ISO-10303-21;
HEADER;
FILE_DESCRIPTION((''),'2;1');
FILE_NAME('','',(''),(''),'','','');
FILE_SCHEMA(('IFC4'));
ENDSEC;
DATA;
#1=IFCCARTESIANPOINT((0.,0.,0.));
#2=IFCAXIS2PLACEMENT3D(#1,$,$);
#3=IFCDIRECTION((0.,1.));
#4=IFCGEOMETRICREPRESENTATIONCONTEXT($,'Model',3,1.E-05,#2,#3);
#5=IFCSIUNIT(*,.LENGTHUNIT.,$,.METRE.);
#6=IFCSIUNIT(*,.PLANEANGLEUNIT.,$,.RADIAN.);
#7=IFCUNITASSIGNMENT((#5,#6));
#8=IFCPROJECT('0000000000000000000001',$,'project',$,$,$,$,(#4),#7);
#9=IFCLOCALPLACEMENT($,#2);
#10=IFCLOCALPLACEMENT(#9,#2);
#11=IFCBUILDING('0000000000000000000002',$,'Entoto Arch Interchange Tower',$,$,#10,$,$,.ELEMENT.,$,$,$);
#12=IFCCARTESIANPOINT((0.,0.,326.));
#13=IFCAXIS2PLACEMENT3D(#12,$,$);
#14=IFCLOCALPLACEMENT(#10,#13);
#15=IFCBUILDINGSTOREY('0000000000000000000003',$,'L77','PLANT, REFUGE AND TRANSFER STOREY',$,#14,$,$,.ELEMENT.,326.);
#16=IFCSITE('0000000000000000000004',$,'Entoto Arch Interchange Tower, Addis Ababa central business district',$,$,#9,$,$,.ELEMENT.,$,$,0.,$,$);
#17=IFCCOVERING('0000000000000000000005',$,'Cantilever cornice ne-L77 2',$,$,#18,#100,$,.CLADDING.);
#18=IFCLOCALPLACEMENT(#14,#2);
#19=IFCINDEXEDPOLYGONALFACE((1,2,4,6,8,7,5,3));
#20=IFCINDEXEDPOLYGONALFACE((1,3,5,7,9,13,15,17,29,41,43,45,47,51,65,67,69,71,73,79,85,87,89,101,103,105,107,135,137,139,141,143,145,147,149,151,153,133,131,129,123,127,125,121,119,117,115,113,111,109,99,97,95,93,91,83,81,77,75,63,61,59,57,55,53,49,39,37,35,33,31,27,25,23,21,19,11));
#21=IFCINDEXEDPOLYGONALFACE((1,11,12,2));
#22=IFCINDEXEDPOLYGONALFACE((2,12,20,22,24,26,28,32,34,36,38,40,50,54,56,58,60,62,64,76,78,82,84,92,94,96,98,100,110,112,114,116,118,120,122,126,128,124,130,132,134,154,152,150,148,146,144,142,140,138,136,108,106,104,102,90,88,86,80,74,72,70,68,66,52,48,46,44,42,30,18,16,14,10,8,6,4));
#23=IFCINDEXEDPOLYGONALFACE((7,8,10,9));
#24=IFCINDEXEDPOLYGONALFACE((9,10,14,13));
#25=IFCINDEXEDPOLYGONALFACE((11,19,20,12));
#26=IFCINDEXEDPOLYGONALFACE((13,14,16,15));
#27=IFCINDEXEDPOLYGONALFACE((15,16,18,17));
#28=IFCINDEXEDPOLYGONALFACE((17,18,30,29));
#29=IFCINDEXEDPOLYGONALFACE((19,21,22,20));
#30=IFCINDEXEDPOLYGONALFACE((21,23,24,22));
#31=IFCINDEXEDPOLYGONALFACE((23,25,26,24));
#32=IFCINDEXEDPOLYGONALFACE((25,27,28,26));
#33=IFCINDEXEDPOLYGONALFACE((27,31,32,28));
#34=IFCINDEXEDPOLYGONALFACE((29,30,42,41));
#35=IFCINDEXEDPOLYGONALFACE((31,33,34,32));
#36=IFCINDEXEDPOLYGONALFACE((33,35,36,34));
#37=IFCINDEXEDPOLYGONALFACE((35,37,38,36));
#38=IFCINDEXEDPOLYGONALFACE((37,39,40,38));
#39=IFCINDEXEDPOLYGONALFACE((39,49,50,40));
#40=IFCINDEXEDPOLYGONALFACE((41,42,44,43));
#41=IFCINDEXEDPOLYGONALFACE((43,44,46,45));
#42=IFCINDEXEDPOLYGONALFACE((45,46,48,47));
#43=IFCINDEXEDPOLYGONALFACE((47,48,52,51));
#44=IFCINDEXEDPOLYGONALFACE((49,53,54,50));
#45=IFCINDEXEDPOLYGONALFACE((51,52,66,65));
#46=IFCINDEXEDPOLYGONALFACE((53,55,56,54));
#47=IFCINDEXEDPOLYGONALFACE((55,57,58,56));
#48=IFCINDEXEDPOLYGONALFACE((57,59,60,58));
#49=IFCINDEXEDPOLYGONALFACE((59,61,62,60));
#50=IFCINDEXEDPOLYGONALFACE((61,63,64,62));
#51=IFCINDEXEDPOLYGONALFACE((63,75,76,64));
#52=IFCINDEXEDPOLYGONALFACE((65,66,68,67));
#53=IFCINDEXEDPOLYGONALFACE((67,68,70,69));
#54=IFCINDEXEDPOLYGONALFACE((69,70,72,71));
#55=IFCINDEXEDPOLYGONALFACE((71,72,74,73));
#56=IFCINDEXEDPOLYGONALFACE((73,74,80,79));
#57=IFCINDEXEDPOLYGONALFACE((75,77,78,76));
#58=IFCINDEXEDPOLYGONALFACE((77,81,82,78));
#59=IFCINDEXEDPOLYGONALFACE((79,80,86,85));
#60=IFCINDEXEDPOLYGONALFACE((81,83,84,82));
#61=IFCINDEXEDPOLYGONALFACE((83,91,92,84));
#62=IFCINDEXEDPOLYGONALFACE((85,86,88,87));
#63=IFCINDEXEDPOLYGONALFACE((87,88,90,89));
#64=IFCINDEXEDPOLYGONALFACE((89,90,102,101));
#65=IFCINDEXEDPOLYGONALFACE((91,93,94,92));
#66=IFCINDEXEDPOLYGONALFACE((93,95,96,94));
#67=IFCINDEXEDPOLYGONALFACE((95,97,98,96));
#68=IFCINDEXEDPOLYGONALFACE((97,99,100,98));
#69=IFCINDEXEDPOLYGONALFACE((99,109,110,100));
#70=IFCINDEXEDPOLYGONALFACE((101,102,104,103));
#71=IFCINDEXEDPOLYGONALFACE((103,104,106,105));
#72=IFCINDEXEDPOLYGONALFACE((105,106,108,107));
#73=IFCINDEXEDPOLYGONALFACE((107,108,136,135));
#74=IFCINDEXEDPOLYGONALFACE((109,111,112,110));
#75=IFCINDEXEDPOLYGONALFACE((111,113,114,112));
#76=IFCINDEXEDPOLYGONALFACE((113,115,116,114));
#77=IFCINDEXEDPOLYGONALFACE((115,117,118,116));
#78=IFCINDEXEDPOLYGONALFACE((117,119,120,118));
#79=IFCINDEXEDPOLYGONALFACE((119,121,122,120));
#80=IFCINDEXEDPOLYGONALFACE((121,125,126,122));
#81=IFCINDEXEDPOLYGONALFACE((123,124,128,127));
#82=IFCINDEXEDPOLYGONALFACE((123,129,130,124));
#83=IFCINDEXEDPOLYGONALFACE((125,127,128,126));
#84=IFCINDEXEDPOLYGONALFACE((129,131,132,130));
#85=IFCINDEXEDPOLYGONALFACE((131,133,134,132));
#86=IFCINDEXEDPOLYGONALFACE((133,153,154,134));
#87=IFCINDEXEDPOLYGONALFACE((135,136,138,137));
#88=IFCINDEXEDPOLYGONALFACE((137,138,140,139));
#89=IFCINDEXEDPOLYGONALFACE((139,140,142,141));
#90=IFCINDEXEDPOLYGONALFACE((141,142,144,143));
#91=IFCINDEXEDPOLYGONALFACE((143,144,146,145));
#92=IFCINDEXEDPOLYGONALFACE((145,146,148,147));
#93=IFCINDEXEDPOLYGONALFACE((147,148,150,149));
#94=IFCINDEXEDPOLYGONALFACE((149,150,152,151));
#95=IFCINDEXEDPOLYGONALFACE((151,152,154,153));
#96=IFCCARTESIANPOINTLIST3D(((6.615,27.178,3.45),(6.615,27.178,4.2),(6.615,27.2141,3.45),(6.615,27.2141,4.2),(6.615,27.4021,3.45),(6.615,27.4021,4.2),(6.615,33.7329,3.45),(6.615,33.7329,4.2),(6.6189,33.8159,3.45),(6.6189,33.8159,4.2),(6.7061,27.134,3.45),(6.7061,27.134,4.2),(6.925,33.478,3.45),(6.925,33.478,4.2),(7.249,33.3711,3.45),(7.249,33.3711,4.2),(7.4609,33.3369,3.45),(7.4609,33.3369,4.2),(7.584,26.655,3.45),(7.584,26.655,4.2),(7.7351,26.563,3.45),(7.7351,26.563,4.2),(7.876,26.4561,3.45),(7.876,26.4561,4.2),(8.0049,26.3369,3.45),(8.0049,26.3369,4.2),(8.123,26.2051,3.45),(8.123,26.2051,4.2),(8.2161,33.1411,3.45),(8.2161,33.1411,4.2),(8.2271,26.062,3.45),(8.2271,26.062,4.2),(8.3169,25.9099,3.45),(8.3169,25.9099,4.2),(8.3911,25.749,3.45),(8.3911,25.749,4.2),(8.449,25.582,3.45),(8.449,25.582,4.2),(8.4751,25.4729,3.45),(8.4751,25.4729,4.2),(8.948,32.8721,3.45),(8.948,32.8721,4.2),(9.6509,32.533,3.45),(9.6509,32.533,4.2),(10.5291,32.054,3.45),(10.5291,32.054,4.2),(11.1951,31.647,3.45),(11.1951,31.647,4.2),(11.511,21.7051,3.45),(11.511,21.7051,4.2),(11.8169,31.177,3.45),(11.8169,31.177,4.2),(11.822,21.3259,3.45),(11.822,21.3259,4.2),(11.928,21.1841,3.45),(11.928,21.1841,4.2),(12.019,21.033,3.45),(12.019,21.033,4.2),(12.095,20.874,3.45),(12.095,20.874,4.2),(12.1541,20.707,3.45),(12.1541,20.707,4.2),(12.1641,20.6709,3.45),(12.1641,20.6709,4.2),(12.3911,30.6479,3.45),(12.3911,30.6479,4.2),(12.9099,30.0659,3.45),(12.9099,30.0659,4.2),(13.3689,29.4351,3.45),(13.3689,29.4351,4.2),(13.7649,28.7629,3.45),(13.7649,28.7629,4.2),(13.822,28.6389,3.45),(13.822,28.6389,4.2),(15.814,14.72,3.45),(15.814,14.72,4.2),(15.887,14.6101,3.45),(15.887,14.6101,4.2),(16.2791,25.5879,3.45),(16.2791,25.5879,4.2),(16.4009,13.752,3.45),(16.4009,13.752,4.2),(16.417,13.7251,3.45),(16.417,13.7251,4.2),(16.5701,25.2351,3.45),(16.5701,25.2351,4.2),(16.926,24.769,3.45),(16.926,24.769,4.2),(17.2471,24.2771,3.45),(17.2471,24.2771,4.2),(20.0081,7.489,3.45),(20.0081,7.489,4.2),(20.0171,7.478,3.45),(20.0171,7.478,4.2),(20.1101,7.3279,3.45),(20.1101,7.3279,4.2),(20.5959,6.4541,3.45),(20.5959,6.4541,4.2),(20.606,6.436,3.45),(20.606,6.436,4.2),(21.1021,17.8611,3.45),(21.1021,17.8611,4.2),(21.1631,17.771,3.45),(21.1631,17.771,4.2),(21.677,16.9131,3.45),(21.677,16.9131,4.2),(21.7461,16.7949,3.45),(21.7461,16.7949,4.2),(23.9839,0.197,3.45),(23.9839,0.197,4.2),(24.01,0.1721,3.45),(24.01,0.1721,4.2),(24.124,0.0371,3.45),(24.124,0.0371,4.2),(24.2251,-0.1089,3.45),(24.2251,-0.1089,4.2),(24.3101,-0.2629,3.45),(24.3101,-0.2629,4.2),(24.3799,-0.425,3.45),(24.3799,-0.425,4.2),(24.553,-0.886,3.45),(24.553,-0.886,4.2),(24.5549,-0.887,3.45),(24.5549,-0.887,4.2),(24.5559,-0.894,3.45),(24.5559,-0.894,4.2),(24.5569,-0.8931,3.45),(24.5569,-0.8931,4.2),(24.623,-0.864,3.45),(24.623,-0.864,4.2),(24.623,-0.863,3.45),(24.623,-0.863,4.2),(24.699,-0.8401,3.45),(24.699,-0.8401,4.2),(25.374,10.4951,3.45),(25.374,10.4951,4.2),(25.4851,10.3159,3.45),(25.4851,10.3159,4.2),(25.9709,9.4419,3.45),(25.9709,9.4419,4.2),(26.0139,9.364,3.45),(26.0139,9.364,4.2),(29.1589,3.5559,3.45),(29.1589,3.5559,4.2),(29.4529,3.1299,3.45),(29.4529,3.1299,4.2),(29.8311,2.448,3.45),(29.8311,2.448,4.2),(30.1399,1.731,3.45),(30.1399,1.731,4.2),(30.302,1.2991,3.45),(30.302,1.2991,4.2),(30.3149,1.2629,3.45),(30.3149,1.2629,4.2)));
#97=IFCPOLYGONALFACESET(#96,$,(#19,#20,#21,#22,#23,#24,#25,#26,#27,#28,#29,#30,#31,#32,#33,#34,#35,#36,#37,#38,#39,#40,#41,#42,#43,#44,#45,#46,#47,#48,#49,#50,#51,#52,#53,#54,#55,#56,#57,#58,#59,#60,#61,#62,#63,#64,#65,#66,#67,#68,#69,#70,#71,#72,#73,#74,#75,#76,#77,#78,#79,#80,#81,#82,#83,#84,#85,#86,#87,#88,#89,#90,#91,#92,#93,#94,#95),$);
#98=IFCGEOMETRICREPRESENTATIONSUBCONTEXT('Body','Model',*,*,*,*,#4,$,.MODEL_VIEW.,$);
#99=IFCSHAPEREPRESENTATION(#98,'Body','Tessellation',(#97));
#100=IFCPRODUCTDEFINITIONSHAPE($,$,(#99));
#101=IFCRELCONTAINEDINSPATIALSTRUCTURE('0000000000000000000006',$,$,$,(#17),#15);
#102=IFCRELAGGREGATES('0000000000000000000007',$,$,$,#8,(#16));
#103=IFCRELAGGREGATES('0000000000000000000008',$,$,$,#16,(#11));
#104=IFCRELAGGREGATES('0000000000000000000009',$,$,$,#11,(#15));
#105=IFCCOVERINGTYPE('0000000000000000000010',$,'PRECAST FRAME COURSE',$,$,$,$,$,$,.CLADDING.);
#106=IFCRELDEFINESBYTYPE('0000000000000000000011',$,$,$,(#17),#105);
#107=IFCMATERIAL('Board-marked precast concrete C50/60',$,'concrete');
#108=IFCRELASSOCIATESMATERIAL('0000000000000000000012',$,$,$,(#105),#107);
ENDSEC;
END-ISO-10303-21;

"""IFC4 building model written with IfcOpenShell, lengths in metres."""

from ifc_helpers import new_model, si_unit, direction, frame, origin, place, context, subcontext, project, spatial, polyline, outline, extrude, material, type_object, element, save


model = new_model("IFC4")

# Units and contexts
model_context = context("Model", 3, precision=1e-05, world=origin(), true_north=direction((0.0, 1.0)))
body_context = subcontext(model_context, "Body", "Model", "MODEL_VIEW")
ifc_project = project(units=[si_unit("LENGTHUNIT", "METRE"), si_unit("PLANEANGLEUNIT", "RADIAN")], contexts=[model_context])

# Site, building, storey
site_placement = place(None, origin())
site = spatial("IfcSite", under=ifc_project, at=site_placement, Name="Entoto Arch Interchange Tower, Addis Ababa central business district", CompositionType="ELEMENT", RefElevation=0.0)
building_placement = place(site_placement, origin())
building = spatial("IfcBuilding", under=site, at=building_placement, Name="Entoto Arch Interchange Tower", CompositionType="ELEMENT")
storey_placement = place(building_placement, frame((0.0, 0.0, 326.0)))
storey = spatial("IfcBuildingStorey", under=building, at=storey_placement, Name="L77", Description="PLANT, REFUGE AND TRANSFER STOREY", CompositionType="ELEMENT", Elevation=326.0)

# Covering
ifc_material_1 = material(Name="Board-marked precast concrete C50/60", Category="concrete")
covering_type = type_object("IfcCoveringType", Name="PRECAST FRAME COURSE", PredefinedType="CLADDING", material=ifc_material_1)
covering_1_placement = place(storey_placement, frame((0.0, 0.0, 3.45)))
element("IfcCovering", 1, at=covering_1_placement, inside=storey, type_object=covering_type, Name="Cantilever cornice ne-L77 2", PredefinedType="CLADDING", context=body_context, shape_type="SweptSolid", body=[
    extrude(outline(polyline([(6.615, 33.7329), (6.6189, 33.8159), (6.925, 33.478), (7.249, 33.3711), (7.4609, 33.3369), (8.2161, 33.1411), (8.948, 32.8721), (9.6509, 32.533), (10.5291, 32.054), (11.1951, 31.647), (11.8169, 31.177), (12.3911, 30.6479), (12.9099, 30.0659), (13.3689, 29.4351), (13.7649, 28.7629), (13.822, 28.6389), (16.2791, 25.5879), (16.5701, 25.2351), (16.926, 24.769), (17.2471, 24.2771), (21.1021, 17.8611), (21.1631, 17.771), (21.677, 16.9131), (21.7461, 16.7949), (25.374, 10.4951), (25.4851, 10.3159), (25.9709, 9.4419), (26.0139, 9.364), (29.1589, 3.5559), (29.4529, 3.1299), (29.8311, 2.448), (30.1399, 1.731), (30.302, 1.2991), (30.3149, 1.2629), (24.699, -0.8401), (24.623, -0.863), (24.623, -0.864), (24.5549, -0.887), (24.5569, -0.8931), (24.5559, -0.894), (24.553, -0.886), (24.3799, -0.425), (24.3101, -0.2629), (24.2251, -0.1089), (24.124, 0.0371), (24.01, 0.1721), (23.9839, 0.197), (20.606, 6.436), (20.5959, 6.4541), (20.1101, 7.3279), (20.0171, 7.478), (20.0081, 7.489), (16.417, 13.7251), (16.4009, 13.752), (15.887, 14.6101), (15.814, 14.72), (12.1641, 20.6709), (12.1541, 20.707), (12.095, 20.874), (12.019, 21.033), (11.928, 21.1841), (11.822, 21.3259), (11.511, 21.7051), (8.4751, 25.4729), (8.449, 25.582), (8.3911, 25.749), (8.3169, 25.9099), (8.2271, 26.062), (8.123, 26.2051), (8.0049, 26.3369), (7.876, 26.4561), (7.7351, 26.563), (7.584, 26.655), (6.7061, 27.134), (6.615, 27.178), (6.615, 27.2141), (6.615, 27.4021), (6.615, 33.7329)])), origin(), (0.0, 0.0, 1.0), 0.75),
])

save(model, "model.ifc")
